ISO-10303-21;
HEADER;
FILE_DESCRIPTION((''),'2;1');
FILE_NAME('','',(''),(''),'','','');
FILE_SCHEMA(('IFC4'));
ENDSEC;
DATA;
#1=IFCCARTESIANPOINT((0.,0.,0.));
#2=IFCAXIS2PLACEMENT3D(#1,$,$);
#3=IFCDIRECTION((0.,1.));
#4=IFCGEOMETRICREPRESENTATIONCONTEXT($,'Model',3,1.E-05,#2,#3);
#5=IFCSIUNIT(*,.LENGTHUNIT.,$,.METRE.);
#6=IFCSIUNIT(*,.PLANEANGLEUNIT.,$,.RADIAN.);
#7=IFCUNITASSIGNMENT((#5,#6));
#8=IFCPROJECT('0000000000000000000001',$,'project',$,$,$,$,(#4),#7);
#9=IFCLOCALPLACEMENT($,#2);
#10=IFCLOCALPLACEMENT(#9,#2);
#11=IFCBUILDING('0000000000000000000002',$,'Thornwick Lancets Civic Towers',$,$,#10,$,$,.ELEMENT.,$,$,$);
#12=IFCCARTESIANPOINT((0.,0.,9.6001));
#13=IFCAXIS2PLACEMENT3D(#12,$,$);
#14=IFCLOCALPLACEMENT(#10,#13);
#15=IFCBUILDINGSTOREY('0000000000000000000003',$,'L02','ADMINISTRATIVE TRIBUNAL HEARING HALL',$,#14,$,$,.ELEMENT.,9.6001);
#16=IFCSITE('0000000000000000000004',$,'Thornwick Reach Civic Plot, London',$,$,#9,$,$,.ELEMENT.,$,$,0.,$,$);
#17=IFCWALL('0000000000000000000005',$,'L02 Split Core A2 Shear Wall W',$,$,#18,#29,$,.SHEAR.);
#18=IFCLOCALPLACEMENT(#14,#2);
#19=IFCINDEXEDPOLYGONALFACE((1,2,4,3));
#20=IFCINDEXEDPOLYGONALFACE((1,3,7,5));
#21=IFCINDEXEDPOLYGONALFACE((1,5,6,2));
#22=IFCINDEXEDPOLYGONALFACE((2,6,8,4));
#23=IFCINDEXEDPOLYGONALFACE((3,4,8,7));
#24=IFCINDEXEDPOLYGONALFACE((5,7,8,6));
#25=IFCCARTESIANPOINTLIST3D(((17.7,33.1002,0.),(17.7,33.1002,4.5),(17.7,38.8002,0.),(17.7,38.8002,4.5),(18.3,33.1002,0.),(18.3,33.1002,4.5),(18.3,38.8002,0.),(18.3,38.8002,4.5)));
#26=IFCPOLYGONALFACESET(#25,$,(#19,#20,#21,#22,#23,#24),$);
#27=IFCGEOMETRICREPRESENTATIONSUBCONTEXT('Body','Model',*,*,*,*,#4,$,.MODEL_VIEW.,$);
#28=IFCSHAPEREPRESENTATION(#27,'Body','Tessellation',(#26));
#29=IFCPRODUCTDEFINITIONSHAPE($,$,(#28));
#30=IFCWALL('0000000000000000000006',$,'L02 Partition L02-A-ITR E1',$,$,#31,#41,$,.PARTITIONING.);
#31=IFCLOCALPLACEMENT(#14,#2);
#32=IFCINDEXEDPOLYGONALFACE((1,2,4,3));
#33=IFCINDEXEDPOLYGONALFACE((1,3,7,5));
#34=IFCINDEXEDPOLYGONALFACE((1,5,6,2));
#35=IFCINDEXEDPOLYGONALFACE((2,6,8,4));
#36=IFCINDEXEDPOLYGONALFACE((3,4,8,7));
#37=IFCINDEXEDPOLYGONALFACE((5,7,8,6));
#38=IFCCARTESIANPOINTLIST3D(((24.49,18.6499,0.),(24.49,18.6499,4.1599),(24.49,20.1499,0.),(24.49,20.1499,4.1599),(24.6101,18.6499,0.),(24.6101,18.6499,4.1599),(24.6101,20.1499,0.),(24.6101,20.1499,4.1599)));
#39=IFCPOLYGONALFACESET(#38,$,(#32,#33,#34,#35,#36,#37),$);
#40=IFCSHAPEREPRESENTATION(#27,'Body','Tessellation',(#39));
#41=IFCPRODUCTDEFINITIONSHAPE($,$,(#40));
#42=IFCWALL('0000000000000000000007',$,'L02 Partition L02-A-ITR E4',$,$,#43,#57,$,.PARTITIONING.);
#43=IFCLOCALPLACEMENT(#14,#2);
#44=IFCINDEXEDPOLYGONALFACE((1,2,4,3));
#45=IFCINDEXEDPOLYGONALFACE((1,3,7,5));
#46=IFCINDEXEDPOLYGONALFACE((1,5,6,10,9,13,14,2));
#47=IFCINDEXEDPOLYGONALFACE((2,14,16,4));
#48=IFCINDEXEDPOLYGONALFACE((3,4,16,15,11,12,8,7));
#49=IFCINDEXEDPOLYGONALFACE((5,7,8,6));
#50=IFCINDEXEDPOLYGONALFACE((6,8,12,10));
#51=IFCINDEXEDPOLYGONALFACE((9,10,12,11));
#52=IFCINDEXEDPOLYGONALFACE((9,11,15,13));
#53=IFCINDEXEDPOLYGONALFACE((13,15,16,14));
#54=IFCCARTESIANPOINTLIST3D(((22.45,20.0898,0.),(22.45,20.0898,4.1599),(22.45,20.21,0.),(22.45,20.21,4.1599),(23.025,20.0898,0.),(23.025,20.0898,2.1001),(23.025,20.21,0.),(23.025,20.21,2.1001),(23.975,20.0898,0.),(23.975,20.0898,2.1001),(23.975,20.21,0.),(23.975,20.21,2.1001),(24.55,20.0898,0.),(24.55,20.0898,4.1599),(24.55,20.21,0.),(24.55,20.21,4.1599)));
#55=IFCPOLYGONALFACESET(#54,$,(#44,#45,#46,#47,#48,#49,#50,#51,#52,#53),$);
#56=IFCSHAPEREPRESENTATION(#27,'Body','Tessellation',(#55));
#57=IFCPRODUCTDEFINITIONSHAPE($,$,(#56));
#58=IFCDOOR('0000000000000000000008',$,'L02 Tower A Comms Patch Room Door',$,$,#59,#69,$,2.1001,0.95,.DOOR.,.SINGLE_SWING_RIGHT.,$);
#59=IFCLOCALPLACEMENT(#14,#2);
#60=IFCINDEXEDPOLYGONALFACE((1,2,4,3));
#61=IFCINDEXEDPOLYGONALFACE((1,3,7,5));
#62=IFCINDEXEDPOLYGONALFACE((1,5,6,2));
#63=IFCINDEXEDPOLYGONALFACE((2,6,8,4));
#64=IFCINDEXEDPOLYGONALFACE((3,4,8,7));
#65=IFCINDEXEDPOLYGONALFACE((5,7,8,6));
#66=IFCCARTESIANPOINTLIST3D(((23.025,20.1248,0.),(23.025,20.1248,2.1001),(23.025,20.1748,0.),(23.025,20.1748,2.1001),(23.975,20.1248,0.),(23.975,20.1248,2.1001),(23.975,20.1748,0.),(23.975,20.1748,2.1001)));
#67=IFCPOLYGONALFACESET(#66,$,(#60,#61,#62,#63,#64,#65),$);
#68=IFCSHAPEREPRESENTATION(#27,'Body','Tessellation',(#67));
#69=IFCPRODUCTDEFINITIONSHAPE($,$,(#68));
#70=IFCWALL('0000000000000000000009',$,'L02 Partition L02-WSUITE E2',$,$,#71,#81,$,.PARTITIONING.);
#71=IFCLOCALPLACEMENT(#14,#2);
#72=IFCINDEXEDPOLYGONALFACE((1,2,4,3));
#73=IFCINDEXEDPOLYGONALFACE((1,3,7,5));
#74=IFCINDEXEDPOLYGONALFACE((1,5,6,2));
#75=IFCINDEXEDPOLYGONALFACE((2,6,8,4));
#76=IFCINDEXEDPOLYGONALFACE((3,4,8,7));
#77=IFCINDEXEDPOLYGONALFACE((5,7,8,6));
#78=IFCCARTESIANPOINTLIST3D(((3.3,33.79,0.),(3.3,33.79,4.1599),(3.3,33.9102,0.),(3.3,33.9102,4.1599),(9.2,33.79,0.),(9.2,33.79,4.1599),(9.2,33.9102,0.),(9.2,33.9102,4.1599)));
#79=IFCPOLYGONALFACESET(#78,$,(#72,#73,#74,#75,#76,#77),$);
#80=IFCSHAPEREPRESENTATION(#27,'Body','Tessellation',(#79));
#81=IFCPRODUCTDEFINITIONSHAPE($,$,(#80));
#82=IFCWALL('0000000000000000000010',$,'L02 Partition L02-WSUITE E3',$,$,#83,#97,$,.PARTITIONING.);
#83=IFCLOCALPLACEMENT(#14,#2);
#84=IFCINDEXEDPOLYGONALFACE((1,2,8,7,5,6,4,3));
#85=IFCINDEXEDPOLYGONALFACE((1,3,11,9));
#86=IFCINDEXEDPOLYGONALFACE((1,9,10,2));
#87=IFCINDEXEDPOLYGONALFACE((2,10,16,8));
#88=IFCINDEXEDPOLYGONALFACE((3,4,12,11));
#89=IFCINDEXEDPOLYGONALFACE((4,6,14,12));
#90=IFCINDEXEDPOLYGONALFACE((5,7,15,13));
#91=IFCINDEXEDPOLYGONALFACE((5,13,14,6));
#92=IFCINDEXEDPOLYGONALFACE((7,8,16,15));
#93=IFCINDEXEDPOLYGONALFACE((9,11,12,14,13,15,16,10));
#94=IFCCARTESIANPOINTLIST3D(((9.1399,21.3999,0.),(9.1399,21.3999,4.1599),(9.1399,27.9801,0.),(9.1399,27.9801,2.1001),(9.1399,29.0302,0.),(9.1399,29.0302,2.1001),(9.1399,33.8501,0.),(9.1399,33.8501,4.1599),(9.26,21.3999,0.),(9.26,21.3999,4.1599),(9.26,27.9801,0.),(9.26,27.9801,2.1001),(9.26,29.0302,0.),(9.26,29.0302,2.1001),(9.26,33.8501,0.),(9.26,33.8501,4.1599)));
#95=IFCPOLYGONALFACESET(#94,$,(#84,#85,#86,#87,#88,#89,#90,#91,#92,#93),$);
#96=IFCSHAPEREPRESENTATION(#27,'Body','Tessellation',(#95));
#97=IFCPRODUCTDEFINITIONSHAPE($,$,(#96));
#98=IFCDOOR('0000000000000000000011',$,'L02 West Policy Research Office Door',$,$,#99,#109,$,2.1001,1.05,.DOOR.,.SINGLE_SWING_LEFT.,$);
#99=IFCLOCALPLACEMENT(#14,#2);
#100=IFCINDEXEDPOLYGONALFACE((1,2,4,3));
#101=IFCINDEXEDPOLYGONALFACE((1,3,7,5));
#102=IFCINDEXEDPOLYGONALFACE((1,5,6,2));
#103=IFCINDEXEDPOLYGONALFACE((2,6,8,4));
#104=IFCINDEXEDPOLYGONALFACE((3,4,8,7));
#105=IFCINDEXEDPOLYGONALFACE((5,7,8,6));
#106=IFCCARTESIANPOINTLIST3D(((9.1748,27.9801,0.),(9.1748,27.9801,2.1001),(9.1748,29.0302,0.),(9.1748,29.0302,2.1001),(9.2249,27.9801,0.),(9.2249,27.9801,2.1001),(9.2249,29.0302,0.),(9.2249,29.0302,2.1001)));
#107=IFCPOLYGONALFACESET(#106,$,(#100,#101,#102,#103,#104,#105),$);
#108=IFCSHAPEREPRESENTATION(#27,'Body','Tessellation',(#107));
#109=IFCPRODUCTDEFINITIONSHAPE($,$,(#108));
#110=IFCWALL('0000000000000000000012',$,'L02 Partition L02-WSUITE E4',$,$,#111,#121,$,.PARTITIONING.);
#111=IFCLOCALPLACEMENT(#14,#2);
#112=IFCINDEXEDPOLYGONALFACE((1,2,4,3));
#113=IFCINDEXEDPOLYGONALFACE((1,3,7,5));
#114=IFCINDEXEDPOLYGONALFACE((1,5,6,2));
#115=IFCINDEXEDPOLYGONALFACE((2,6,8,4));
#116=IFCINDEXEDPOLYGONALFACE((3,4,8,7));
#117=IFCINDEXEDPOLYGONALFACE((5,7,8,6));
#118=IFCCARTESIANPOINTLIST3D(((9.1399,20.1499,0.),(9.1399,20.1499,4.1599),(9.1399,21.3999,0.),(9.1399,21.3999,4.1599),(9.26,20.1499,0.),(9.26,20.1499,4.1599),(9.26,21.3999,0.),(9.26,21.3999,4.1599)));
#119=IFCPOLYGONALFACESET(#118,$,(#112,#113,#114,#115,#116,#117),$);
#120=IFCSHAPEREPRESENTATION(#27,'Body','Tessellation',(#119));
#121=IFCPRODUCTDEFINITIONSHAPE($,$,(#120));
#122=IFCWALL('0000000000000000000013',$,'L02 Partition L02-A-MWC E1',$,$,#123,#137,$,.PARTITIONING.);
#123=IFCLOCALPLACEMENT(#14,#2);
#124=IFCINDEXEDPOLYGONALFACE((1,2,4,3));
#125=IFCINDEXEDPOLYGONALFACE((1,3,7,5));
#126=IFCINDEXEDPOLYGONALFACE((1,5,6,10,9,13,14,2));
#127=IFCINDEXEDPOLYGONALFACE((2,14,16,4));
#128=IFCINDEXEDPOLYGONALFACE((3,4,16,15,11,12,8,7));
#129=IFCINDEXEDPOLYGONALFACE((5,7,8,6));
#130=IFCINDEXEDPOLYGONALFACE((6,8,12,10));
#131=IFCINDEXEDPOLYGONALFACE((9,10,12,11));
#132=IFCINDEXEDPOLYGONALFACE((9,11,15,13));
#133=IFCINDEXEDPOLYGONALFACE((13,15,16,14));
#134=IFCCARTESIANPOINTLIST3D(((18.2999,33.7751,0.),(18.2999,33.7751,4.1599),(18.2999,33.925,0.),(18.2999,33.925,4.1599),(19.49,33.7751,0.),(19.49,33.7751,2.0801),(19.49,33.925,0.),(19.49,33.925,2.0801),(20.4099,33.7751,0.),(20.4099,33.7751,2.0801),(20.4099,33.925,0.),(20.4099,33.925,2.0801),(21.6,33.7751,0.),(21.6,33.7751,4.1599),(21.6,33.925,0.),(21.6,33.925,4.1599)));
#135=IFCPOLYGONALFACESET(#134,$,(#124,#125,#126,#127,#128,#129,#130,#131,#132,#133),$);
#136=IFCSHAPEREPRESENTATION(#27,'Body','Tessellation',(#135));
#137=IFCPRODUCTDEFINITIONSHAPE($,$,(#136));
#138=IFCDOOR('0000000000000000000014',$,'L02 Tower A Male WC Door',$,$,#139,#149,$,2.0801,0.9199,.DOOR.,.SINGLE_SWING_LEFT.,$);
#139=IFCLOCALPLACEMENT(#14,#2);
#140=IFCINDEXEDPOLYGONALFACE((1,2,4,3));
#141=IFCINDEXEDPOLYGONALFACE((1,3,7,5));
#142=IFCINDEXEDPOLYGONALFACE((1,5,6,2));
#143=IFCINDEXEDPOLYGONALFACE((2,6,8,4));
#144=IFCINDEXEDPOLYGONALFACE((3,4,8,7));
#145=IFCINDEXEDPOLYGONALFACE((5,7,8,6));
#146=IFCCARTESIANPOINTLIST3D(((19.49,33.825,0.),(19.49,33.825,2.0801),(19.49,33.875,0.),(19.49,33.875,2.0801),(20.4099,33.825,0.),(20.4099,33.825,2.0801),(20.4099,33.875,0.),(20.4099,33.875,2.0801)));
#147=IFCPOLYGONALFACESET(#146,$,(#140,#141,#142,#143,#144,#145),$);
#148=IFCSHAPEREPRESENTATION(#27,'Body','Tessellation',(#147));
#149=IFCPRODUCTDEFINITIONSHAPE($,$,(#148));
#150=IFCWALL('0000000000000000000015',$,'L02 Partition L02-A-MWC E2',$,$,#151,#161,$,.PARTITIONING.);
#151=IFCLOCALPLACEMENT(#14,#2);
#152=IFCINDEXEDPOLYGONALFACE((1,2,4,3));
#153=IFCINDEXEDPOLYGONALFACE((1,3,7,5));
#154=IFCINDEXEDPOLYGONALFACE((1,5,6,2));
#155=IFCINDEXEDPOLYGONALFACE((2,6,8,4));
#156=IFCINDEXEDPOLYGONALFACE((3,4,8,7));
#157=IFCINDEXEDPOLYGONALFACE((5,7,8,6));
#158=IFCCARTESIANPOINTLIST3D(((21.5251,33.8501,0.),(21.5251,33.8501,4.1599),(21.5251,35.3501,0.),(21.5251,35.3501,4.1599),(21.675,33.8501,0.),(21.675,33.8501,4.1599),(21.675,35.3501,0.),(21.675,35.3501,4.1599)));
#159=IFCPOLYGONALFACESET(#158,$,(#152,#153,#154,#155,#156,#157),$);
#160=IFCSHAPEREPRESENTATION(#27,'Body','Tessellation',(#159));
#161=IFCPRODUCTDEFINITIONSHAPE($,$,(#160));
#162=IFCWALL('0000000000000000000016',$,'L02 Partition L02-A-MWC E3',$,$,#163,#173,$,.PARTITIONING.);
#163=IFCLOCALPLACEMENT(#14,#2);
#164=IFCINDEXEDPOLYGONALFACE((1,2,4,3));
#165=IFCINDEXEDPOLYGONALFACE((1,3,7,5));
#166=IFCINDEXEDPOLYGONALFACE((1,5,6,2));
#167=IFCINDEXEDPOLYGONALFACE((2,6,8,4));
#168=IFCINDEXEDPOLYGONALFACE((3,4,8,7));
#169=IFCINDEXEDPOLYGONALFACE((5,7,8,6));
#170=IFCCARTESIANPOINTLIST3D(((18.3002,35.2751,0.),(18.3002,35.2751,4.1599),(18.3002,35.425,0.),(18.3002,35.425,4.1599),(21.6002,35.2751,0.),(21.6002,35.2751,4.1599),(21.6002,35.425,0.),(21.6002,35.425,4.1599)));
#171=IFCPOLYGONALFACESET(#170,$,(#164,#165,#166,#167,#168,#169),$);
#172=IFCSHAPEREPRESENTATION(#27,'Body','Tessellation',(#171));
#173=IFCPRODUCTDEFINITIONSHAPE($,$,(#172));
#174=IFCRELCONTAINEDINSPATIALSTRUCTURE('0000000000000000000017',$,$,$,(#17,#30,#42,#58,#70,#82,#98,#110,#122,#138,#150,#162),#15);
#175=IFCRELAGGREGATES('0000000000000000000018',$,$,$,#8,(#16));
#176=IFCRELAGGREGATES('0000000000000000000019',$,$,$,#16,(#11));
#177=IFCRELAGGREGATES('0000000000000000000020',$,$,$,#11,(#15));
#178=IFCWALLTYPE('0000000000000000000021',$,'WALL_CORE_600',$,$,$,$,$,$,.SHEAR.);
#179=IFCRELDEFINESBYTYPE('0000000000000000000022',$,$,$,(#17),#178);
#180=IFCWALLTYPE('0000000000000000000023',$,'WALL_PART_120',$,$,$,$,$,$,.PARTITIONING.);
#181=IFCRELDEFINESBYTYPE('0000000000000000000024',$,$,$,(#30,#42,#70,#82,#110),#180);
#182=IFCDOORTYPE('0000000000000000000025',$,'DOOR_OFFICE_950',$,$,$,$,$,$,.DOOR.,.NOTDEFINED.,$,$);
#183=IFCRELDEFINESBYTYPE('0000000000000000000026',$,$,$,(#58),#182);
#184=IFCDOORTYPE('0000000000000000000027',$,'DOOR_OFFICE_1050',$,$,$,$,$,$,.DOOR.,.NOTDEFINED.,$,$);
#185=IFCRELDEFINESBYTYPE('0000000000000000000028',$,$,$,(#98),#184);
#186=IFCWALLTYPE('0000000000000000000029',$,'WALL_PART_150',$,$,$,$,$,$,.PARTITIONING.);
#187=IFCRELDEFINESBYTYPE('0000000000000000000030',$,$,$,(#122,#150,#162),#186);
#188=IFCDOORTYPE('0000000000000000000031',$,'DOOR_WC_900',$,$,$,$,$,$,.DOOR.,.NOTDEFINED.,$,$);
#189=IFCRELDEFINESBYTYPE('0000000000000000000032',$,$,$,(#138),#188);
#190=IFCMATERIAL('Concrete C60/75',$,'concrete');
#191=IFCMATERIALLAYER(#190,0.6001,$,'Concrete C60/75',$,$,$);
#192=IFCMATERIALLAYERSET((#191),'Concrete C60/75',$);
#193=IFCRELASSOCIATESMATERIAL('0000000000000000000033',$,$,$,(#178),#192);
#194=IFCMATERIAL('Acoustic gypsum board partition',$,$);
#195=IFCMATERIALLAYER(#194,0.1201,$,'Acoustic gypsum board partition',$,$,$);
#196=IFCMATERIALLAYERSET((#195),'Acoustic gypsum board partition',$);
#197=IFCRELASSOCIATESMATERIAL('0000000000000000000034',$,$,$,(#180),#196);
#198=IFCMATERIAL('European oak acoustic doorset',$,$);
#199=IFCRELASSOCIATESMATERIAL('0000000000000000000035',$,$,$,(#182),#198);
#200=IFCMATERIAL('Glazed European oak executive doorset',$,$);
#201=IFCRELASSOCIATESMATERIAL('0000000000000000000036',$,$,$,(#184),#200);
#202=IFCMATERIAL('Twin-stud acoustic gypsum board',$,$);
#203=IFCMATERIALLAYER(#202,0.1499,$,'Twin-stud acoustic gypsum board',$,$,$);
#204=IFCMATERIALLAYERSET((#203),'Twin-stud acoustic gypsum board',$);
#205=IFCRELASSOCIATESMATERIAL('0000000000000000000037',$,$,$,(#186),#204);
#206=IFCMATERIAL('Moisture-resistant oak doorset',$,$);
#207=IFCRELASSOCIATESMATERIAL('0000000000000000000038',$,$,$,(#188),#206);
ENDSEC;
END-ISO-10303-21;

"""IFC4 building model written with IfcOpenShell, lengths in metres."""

from ifc_helpers import new_model, si_unit, direction, frame, frame_2d, origin, place, context, subcontext, project, spatial, rectangle, extrude, material, layer, layer_set, type_object, element, fill, save


model = new_model("IFC4")

# Units and contexts
model_context = context("Model", 3, precision=1e-05, world=origin(), true_north=direction((0.0, 1.0)))
body_context = subcontext(model_context, "Body", "Model", "MODEL_VIEW")
ifc_project = project(units=[si_unit("LENGTHUNIT", "METRE"), si_unit("PLANEANGLEUNIT", "RADIAN")], contexts=[model_context])

# Site, building, storey
site_placement = place(None, origin())
site = spatial("IfcSite", under=ifc_project, at=site_placement, Name="Thornwick Reach Civic Plot, London", CompositionType="ELEMENT", RefElevation=0.0)
building_placement = place(site_placement, origin())
building = spatial("IfcBuilding", under=site, at=building_placement, Name="Thornwick Lancets Civic Towers", CompositionType="ELEMENT")
storey_placement = place(building_placement, frame((0.0, 0.0, 9.6001)))
storey = spatial("IfcBuildingStorey", under=building, at=storey_placement, Name="L02", Description="ADMINISTRATIVE TRIBUNAL HEARING HALL", CompositionType="ELEMENT", Elevation=9.6001)

# Shared definitions
ifc_material_1 = material(Name="Concrete C60/75", Category="concrete")

# Walls
ifc_layer_1 = layer(ifc_material_1, 0.6001, Name="Concrete C60/75")
ifc_layer_set_1 = layer_set([ifc_layer_1], Name="Concrete C60/75")
wall_type_1 = type_object("IfcWallType", Name="WALL_CORE_600", PredefinedType="SHEAR", material=ifc_layer_set_1)
wall_1_placement = place(storey_placement, frame((18.0, 33.1001, 0.0), z_axis=(0.0, 0.0, 1.0), x_axis=(0.0, 1.0, 0.0)))
element("IfcWall", 1, at=wall_1_placement, inside=storey, type_object=wall_type_1, Name="L02 Split Core A2 Shear Wall W", PredefinedType="SHEAR", context=body_context, shape_type="SweptSolid", body=[
    extrude(rectangle(XDim=5.7, YDim=0.6001, at=frame_2d((2.8501, 0.0))), origin(), (0.0, 0.0, 1.0), 4.5),
])
ifc_material_2 = material(Name="Acoustic gypsum board partition")
ifc_layer_2 = layer(ifc_material_2, 0.1201, Name="Acoustic gypsum board partition")
ifc_layer_set_2 = layer_set([ifc_layer_2], Name="Acoustic gypsum board partition")
wall_type_2 = type_object("IfcWallType", Name="WALL_PART_120", PredefinedType="PARTITIONING", material=ifc_layer_set_2)
wall_2_placement = place(storey_placement, frame((24.55, 20.1499, 0.0), z_axis=(0.0, 0.0, 1.0), x_axis=(0.0, -1.0, 0.0)))
element("IfcWall", 2, at=wall_2_placement, inside=storey, type_object=wall_type_2, Name="L02 Partition L02-A-ITR E1", PredefinedType="PARTITIONING", context=body_context, shape_type="SweptSolid", body=[
    extrude(rectangle(XDim=1.5, YDim=0.1201, at=frame_2d((0.75, 0.0))), origin(), (0.0, 0.0, 1.0), 4.1599),
])

# Wall, opening, door
wall_3_placement = place(storey_placement, frame((22.45, 20.1499, 0.0), z_axis=(0.0, 0.0, 1.0), x_axis=(1.0, 0.0, 0.0)))
wall_3 = element("IfcWall", 3, at=wall_3_placement, inside=storey, type_object=wall_type_2, Name="L02 Partition L02-A-ITR E4", PredefinedType="PARTITIONING", context=body_context, shape_type="SweptSolid", body=[
    extrude(rectangle(XDim=2.1001, YDim=0.1201, at=frame_2d((1.05, 0.0))), origin(), (0.0, 0.0, 1.0), 4.1599),
])
opening_1_placement = place(wall_3_placement, frame((0.575, 0.0, 0.0)))
opening_1 = element("IfcOpeningElement", 4, at=opening_1_placement, cuts=wall_3, PredefinedType="OPENING", context=body_context, shape_type="SweptSolid", body=[
    extrude(rectangle(XDim=0.95, YDim=2.1001, at=frame_2d((0.4751, 1.05))), frame((0.0, 0.0701, 0.0), z_axis=(0.0, -1.0, 0.0), x_axis=(1.0, 0.0, 0.0)), (0.0, 0.0, 1.0), 0.1401),
])
ifc_material_3 = material(Name="European oak acoustic doorset")
door_type_1 = type_object("IfcDoorType", Name="DOOR_OFFICE_950", OperationType="NOTDEFINED", PredefinedType="DOOR", material=ifc_material_3)
door_1_placement = place(opening_1_placement, origin())
door_1 = element("IfcDoor", 5, at=door_1_placement, inside=storey, type_object=door_type_1, Name="L02 Tower A Comms Patch Room Door", OperationType="SINGLE_SWING_RIGHT", OverallHeight=2.1001, OverallWidth=0.95, PredefinedType="DOOR", context=body_context, shape_type="SweptSolid", body=[
    extrude(rectangle(XDim=0.95, YDim=2.1001, at=frame_2d((0.4751, 1.05))), frame((0.0, 0.0249, 0.0), z_axis=(0.0, -1.0, 0.0), x_axis=(1.0, 0.0, 0.0)), (0.0, 0.0, 1.0), 0.05),
])
fill(opening_1, door_1)

# Wall
wall_4_placement = place(storey_placement, frame((3.3, 33.8501, 0.0), z_axis=(0.0, 0.0, 1.0), x_axis=(1.0, 0.0, 0.0)))
element("IfcWall", 6, at=wall_4_placement, inside=storey, type_object=wall_type_2, Name="L02 Partition L02-WSUITE E2", PredefinedType="PARTITIONING", context=body_context, shape_type="SweptSolid", body=[
    extrude(rectangle(XDim=5.8999, YDim=0.1201, at=frame_2d((2.95, 0.0))), origin(), (0.0, 0.0, 1.0), 4.1599),
])

# Wall, opening, door
wall_5_placement = place(storey_placement, frame((9.2, 33.8501, 0.0), z_axis=(0.0, 0.0, 1.0), x_axis=(0.0, -1.0, 0.0)))
wall_5 = element("IfcWall", 7, at=wall_5_placement, inside=storey, type_object=wall_type_2, Name="L02 Partition L02-WSUITE E3", PredefinedType="PARTITIONING", context=body_context, shape_type="SweptSolid", body=[
    extrude(rectangle(XDim=12.4502, YDim=0.1201, at=frame_2d((6.2251, 0.0))), origin(), (0.0, 0.0, 1.0), 4.1599),
])
opening_2_placement = place(wall_5_placement, frame((4.8201, 0.0, 0.0)))
opening_2 = element("IfcOpeningElement", 8, at=opening_2_placement, cuts=wall_5, PredefinedType="OPENING", context=body_context, shape_type="SweptSolid", body=[
    extrude(rectangle(XDim=1.05, YDim=2.1001, at=frame_2d((0.5249, 1.05))), frame((0.0, 0.0701, 0.0), z_axis=(0.0, -1.0, 0.0), x_axis=(1.0, 0.0, 0.0)), (0.0, 0.0, 1.0), 0.1401),
])
ifc_material_4 = material(Name="Glazed European oak executive doorset")
door_type_2 = type_object("IfcDoorType", Name="DOOR_OFFICE_1050", OperationType="NOTDEFINED", PredefinedType="DOOR", material=ifc_material_4)
door_2_placement = place(opening_2_placement, origin())
door_2 = element("IfcDoor", 9, at=door_2_placement, inside=storey, type_object=door_type_2, Name="L02 West Policy Research Office Door", OperationType="SINGLE_SWING_LEFT", OverallHeight=2.1001, OverallWidth=1.05, PredefinedType="DOOR", context=body_context, shape_type="SweptSolid", body=[
    extrude(rectangle(XDim=1.05, YDim=2.1001, at=frame_2d((0.5249, 1.05))), frame((0.0, 0.0249, 0.0), z_axis=(0.0, -1.0, 0.0), x_axis=(1.0, 0.0, 0.0)), (0.0, 0.0, 1.0), 0.05),
])
fill(opening_2, door_2)

# Wall
wall_6_placement = place(storey_placement, frame((9.2, 21.3999, 0.0), z_axis=(0.0, 0.0, 1.0), x_axis=(0.0, -1.0, 0.0)))
element("IfcWall", 10, at=wall_6_placement, inside=storey, type_object=wall_type_2, Name="L02 Partition L02-WSUITE E4", PredefinedType="PARTITIONING", context=body_context, shape_type="SweptSolid", body=[
    extrude(rectangle(XDim=1.25, YDim=0.1201, at=frame_2d((0.625, 0.0))), origin(), (0.0, 0.0, 1.0), 4.1599),
])

# Wall, opening, door
ifc_material_5 = material(Name="Twin-stud acoustic gypsum board")
ifc_layer_3 = layer(ifc_material_5, 0.1499, Name="Twin-stud acoustic gypsum board")
ifc_layer_set_3 = layer_set([ifc_layer_3], Name="Twin-stud acoustic gypsum board")
wall_type_3 = type_object("IfcWallType", Name="WALL_PART_150", PredefinedType="PARTITIONING", material=ifc_layer_set_3)
wall_7_placement = place(storey_placement, frame((18.3, 33.8501, 0.0), z_axis=(0.0, 0.0, 1.0), x_axis=(1.0, 0.0, 0.0)))
wall_7 = element("IfcWall", 11, at=wall_7_placement, inside=storey, type_object=wall_type_3, Name="L02 Partition L02-A-MWC E1", PredefinedType="PARTITIONING", context=body_context, shape_type="SweptSolid", body=[
    extrude(rectangle(XDim=3.3, YDim=0.1499, at=frame_2d((1.6499, 0.0))), origin(), (0.0, 0.0, 1.0), 4.1599),
])
opening_3_placement = place(wall_7_placement, frame((1.1899, 0.0, 0.0)))
opening_3 = element("IfcOpeningElement", 12, at=opening_3_placement, cuts=wall_7, PredefinedType="OPENING", context=body_context, shape_type="SweptSolid", body=[
    extrude(rectangle(XDim=0.9199, YDim=2.0801, at=frame_2d((0.46, 1.04))), frame((0.0, 0.085, 0.0), z_axis=(0.0, -1.0, 0.0), x_axis=(1.0, 0.0, 0.0)), (0.0, 0.0, 1.0), 0.1699),
])
ifc_material_6 = material(Name="Moisture-resistant oak doorset")
door_type_3 = type_object("IfcDoorType", Name="DOOR_WC_900", OperationType="NOTDEFINED", PredefinedType="DOOR", material=ifc_material_6)
door_3_placement = place(opening_3_placement, origin())
door_3 = element("IfcDoor", 13, at=door_3_placement, inside=storey, type_object=door_type_3, Name="L02 Tower A Male WC Door", OperationType="SINGLE_SWING_LEFT", OverallHeight=2.0801, OverallWidth=0.9199, PredefinedType="DOOR", context=body_context, shape_type="SweptSolid", body=[
    extrude(rectangle(XDim=0.9199, YDim=2.0801, at=frame_2d((0.46, 1.04))), frame((0.0, 0.0249, 0.0), z_axis=(0.0, -1.0, 0.0), x_axis=(1.0, 0.0, 0.0)), (0.0, 0.0, 1.0), 0.05),
])
fill(opening_3, door_3)

# Walls
wall_8_placement = place(storey_placement, frame((21.6001, 33.8501, 0.0), z_axis=(0.0, 0.0, 1.0), x_axis=(0.0, 1.0, 0.0)))
element("IfcWall", 14, at=wall_8_placement, inside=storey, type_object=wall_type_3, Name="L02 Partition L02-A-MWC E2", PredefinedType="PARTITIONING", context=body_context, shape_type="SweptSolid", body=[
    extrude(rectangle(XDim=1.5, YDim=0.1499, at=frame_2d((0.75, 0.0))), origin(), (0.0, 0.0, 1.0), 4.1599),
])
wall_9_placement = place(storey_placement, frame((21.6001, 35.3501, 0.0), z_axis=(0.0, 0.0, 1.0), x_axis=(-1.0, 0.0, 0.0)))
element("IfcWall", 15, at=wall_9_placement, inside=storey, type_object=wall_type_3, Name="L02 Partition L02-A-MWC E3", PredefinedType="PARTITIONING", context=body_context, shape_type="SweptSolid", body=[
    extrude(rectangle(XDim=3.3, YDim=0.1499, at=frame_2d((1.6499, 0.0))), origin(), (0.0, 0.0, 1.0), 4.1599),
])

save(model, "model.ifc")
